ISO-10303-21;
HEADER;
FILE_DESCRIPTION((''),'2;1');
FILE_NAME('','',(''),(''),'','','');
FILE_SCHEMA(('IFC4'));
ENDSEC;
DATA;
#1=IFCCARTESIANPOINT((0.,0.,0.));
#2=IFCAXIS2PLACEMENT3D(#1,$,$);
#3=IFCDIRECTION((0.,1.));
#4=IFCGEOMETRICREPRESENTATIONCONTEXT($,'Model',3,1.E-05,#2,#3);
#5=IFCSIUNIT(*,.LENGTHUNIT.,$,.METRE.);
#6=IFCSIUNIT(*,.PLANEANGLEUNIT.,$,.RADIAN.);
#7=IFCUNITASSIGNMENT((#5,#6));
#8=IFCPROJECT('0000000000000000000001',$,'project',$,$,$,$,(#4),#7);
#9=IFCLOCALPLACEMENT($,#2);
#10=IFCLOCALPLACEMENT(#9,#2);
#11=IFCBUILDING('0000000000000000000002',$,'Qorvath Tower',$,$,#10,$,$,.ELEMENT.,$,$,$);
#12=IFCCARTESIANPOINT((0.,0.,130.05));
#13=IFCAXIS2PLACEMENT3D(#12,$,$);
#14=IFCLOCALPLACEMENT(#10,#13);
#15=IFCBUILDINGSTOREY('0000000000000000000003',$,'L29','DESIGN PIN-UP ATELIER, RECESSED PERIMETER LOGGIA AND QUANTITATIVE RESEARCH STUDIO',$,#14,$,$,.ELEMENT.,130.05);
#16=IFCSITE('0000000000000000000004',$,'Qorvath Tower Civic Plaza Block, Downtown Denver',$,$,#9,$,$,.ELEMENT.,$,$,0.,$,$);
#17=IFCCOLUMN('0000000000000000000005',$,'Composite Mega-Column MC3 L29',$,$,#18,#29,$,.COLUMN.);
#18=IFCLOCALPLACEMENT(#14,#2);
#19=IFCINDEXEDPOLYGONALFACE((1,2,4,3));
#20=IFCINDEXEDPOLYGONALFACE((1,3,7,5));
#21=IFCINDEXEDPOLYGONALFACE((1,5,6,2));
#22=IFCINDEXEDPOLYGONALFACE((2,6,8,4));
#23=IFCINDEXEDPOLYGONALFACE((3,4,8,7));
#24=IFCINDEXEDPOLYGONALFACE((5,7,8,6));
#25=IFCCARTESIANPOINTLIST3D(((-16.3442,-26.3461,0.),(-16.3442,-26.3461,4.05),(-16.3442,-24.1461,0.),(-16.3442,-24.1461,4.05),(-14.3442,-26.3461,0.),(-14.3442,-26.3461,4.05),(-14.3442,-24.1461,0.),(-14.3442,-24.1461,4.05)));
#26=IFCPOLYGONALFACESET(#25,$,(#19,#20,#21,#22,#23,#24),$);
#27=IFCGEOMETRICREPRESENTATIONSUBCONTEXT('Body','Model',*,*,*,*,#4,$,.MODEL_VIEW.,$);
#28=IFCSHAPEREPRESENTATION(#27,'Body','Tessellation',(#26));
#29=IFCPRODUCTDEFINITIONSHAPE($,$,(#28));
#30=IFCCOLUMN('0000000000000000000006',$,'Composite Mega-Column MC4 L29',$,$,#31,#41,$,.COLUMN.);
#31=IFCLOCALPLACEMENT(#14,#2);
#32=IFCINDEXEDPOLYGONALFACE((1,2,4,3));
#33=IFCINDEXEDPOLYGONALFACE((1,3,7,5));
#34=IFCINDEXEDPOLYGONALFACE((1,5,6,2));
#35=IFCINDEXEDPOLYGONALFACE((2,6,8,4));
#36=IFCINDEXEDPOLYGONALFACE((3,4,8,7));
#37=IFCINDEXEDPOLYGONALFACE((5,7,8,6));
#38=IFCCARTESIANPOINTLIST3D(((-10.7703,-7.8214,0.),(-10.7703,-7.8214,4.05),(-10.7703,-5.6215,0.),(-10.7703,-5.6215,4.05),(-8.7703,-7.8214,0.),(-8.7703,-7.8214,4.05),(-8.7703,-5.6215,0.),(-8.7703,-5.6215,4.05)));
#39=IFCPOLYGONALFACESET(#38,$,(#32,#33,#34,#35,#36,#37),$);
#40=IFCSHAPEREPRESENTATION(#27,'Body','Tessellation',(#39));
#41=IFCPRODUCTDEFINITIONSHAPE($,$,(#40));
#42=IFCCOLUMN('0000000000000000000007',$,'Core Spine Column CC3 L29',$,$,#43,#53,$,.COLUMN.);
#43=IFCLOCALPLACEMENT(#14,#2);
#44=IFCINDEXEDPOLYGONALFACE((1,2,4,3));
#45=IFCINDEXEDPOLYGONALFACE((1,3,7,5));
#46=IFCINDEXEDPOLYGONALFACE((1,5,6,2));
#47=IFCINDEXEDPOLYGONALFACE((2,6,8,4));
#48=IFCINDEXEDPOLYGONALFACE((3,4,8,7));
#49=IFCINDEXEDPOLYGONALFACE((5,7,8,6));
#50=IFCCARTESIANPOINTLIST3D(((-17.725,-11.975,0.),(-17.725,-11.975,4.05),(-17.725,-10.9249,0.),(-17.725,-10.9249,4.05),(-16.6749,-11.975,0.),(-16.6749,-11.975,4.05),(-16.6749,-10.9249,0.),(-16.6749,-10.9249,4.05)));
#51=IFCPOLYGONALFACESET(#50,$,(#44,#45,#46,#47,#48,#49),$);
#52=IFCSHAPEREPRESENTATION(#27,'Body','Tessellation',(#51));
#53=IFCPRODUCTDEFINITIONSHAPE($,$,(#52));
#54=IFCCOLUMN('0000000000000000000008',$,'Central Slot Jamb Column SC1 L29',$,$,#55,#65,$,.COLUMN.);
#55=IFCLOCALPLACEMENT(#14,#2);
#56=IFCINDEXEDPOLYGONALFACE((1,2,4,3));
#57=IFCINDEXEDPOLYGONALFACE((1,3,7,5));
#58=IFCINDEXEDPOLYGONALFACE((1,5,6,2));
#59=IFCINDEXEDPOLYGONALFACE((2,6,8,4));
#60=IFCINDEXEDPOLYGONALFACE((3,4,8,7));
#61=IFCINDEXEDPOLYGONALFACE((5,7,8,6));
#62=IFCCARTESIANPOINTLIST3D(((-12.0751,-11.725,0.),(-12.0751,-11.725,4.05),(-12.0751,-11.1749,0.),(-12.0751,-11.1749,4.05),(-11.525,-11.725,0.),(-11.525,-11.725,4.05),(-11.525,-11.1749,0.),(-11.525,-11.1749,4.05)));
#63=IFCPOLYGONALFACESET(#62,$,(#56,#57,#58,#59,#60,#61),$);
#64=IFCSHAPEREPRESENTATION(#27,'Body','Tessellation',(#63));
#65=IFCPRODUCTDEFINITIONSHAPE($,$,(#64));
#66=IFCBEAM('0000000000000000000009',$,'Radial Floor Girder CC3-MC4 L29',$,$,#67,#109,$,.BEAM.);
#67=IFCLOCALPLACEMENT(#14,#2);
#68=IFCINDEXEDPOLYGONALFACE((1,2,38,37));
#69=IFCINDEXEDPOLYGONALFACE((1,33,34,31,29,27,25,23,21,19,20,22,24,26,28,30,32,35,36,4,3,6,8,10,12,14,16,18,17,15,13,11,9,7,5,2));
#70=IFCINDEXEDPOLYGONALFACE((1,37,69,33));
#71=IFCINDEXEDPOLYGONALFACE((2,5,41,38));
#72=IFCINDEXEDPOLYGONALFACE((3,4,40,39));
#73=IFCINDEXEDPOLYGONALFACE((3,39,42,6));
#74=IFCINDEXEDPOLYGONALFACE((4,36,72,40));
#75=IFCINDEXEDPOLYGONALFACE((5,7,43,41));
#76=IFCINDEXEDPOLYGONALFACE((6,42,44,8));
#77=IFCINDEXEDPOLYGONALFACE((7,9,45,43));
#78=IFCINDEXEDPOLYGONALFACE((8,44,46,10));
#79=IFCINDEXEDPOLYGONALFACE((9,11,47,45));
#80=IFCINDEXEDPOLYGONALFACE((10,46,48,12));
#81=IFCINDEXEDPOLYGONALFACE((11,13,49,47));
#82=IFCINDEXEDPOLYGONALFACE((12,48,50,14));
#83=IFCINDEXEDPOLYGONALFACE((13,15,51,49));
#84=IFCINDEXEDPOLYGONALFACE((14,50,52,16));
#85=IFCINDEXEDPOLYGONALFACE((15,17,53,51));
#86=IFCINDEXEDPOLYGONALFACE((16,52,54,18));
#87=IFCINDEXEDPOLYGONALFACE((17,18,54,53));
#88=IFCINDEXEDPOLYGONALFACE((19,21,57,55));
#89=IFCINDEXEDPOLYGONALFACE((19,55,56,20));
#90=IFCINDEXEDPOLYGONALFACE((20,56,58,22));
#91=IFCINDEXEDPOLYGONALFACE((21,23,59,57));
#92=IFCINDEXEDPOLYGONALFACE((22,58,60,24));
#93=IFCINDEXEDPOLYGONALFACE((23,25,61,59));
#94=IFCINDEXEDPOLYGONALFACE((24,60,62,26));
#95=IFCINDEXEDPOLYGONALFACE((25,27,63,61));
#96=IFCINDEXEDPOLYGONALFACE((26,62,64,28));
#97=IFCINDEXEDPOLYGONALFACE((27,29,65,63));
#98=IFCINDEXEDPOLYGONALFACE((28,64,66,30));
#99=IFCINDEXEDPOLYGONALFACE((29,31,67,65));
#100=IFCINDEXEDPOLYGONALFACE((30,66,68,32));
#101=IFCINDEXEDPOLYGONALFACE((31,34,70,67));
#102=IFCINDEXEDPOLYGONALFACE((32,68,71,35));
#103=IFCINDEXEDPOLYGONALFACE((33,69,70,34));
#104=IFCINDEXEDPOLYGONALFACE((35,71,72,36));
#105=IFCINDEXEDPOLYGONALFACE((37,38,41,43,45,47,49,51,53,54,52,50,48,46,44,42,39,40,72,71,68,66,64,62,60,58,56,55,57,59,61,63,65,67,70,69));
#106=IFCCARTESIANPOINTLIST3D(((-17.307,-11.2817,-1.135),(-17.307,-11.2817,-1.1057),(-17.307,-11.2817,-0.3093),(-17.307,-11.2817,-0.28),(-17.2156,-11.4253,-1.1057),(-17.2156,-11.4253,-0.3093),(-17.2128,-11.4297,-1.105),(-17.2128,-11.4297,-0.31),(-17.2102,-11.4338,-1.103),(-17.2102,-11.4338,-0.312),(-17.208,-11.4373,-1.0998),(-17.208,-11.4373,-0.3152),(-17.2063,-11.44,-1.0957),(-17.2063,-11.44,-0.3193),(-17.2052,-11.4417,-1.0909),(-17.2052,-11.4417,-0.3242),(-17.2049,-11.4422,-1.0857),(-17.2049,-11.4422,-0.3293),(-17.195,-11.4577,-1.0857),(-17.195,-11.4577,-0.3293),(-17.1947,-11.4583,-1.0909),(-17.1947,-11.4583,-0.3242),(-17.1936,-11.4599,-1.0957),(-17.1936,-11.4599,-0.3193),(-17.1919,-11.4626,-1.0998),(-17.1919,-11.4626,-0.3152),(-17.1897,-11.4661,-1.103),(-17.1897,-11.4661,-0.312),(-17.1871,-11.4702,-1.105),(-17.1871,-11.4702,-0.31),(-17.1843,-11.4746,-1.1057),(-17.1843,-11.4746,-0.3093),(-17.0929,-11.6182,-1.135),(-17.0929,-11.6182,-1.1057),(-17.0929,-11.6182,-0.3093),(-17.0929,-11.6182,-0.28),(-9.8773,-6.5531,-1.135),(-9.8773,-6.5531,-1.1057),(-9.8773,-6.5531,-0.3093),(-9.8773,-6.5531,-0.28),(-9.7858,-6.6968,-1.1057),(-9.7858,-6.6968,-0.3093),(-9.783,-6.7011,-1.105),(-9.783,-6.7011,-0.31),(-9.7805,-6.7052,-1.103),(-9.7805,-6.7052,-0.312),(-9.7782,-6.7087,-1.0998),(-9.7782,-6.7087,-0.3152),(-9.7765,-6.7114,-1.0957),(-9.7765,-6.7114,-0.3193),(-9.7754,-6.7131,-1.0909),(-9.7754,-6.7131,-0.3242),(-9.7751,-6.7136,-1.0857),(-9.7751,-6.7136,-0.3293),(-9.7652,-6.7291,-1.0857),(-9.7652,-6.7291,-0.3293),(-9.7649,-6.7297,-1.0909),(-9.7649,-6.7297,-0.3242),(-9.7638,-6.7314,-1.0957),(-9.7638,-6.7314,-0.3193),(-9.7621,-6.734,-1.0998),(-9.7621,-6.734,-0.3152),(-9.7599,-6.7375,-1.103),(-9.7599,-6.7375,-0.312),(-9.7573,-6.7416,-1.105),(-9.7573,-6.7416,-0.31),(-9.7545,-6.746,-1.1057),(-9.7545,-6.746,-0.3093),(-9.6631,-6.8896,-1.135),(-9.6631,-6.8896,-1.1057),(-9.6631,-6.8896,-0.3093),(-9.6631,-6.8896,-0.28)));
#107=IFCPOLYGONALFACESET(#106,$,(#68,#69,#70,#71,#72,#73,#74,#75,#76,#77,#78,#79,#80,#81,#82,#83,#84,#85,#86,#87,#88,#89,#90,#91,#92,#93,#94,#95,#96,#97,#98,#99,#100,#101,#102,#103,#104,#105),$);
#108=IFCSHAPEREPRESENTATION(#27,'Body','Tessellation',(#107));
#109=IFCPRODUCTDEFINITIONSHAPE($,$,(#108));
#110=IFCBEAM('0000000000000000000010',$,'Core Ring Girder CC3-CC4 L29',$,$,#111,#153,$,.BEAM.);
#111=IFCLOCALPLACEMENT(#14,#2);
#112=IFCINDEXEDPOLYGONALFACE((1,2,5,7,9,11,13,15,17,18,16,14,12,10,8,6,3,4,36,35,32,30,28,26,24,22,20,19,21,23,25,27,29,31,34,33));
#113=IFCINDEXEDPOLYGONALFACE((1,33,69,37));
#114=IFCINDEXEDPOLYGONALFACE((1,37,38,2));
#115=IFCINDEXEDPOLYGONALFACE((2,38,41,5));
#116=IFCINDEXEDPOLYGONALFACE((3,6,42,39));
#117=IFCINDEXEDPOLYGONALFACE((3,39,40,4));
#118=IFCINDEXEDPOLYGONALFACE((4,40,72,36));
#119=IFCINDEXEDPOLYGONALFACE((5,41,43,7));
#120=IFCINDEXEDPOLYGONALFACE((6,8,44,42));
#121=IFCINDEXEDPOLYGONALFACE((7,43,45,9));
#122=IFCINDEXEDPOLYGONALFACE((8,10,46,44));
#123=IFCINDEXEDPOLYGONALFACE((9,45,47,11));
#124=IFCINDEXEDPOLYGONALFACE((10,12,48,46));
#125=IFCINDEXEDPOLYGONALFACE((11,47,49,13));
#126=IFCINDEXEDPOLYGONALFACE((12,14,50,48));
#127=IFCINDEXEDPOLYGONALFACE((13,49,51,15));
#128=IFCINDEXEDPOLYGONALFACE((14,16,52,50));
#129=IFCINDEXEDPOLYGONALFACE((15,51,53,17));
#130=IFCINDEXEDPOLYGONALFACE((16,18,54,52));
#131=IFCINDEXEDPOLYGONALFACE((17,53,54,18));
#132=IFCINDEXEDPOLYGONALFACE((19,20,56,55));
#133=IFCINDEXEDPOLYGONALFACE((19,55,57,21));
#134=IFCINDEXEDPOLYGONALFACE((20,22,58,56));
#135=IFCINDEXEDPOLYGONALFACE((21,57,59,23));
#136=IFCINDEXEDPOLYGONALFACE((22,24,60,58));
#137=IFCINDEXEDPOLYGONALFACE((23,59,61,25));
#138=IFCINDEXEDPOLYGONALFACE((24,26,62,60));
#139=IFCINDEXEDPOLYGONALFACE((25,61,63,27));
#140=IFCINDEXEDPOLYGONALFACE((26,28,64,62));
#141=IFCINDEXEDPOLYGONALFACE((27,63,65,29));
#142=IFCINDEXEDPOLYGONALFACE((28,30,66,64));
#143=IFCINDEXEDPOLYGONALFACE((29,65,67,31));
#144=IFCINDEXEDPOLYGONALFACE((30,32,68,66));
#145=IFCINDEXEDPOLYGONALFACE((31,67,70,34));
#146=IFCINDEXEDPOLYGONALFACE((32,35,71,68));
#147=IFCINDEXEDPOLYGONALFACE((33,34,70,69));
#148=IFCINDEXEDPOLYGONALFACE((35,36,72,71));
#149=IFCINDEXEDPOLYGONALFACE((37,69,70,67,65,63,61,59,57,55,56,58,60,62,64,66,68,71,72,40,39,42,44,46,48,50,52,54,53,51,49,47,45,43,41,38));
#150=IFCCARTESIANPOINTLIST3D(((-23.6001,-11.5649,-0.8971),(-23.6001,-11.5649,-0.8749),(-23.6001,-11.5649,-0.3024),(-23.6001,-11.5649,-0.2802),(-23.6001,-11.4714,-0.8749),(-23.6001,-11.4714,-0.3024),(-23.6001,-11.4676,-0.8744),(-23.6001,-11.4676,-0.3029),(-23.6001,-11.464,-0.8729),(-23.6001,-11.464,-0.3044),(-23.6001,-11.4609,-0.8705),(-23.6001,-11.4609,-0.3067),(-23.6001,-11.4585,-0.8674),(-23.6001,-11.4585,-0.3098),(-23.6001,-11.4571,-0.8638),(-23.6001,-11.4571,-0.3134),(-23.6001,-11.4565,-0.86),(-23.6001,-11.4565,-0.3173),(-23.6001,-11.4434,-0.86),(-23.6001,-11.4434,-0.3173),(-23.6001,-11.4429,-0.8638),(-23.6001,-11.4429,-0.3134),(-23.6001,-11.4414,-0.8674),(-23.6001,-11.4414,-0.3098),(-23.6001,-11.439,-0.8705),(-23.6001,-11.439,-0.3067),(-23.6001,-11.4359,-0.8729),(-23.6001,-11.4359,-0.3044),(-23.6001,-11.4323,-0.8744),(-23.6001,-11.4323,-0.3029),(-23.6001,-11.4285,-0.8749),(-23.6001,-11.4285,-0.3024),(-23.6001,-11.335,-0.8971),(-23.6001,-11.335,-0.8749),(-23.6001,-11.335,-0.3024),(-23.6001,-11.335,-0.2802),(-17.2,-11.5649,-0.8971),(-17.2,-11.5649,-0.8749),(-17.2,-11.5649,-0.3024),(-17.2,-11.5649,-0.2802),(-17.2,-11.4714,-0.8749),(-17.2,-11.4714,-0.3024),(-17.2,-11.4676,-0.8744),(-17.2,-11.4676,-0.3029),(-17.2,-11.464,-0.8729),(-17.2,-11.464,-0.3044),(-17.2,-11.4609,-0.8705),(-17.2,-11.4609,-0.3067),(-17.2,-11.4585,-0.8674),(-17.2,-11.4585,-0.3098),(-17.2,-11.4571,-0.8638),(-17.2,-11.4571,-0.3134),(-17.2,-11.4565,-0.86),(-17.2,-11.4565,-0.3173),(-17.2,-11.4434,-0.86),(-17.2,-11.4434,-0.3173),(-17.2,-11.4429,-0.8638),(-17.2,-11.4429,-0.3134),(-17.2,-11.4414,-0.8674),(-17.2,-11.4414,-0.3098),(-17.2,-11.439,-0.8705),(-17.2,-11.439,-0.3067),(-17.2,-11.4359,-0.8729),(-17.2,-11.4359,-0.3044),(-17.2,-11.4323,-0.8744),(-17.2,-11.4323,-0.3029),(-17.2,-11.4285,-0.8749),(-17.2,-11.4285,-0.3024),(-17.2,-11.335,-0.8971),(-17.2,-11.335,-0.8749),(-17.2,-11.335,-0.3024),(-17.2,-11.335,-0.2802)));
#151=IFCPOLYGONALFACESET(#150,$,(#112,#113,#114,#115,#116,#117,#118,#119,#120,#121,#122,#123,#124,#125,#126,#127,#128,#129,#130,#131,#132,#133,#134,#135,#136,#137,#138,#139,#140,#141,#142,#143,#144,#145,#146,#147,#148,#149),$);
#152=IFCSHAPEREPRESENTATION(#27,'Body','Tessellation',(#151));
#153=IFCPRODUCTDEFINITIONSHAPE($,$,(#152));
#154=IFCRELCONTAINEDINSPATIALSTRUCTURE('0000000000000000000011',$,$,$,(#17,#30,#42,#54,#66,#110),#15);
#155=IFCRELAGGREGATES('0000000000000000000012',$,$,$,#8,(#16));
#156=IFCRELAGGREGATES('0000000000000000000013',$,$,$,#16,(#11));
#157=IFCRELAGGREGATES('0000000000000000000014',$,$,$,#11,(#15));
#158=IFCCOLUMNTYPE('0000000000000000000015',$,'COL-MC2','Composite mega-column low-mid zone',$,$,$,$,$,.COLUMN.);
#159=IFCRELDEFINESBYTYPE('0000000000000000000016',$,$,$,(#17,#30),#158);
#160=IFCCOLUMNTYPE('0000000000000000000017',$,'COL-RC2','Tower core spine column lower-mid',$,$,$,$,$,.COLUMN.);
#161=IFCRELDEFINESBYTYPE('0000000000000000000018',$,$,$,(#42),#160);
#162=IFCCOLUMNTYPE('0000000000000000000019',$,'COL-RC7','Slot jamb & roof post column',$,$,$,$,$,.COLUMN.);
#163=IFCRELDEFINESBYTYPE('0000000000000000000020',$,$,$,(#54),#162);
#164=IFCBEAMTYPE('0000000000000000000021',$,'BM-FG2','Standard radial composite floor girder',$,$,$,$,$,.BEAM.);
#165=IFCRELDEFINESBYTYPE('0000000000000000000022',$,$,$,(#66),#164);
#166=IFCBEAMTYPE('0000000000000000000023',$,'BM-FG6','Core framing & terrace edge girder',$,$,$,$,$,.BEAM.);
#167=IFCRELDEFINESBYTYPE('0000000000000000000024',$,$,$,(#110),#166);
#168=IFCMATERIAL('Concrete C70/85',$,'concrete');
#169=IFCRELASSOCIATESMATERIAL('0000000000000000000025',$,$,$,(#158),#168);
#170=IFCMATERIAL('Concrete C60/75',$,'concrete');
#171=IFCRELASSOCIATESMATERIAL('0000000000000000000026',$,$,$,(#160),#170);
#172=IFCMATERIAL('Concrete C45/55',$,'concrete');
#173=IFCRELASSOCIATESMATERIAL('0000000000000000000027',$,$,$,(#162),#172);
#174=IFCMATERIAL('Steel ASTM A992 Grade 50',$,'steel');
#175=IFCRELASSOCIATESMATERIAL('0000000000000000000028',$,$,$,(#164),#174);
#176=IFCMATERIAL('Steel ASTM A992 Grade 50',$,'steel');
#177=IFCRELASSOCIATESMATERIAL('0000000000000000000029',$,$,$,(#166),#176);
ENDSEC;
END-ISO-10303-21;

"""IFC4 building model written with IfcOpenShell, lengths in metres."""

from ifc_helpers import new_model, si_unit, direction, frame, origin, origin_2d, place, context, subcontext, project, spatial, rectangle, i_section, extrude, material, material_profile, profile_set, type_object, element, save


model = new_model("IFC4")

# Units and contexts
model_context = context("Model", 3, precision=1e-05, world=origin(), true_north=direction((0.0, 1.0)))
body_context = subcontext(model_context, "Body", "Model", "MODEL_VIEW")
ifc_project = project(units=[si_unit("LENGTHUNIT", "METRE"), si_unit("PLANEANGLEUNIT", "RADIAN")], contexts=[model_context])

# Site, building, storey
site_placement = place(None, origin())
site = spatial("IfcSite", under=ifc_project, at=site_placement, Name="Qorvath Tower Civic Plaza Block, Downtown Denver", CompositionType="ELEMENT", RefElevation=0.0)
building_placement = place(site_placement, origin())
building = spatial("IfcBuilding", under=site, at=building_placement, Name="Qorvath Tower", CompositionType="ELEMENT")
storey_placement = place(building_placement, frame((0.0, 0.0, 130.05)))
storey = spatial("IfcBuildingStorey", under=building, at=storey_placement, Name="L29", Description="DESIGN PIN-UP ATELIER, RECESSED PERIMETER LOGGIA AND QUANTITATIVE RESEARCH STUDIO", CompositionType="ELEMENT", Elevation=130.05)

# Columns
ifc_material_1 = material(Name="Concrete C70/85", Category="concrete")
ifc_material_profile_1 = material_profile(ifc_material_1, rectangle(XDim=2.0, YDim=2.2, at=origin_2d()), Name="MC 2200x2000")
ifc_profile_set_1 = profile_set([ifc_material_profile_1], Name="Concrete C70/85")
column_type_1 = type_object("IfcColumnType", Name="COL-MC2", Description="Composite mega-column low-mid zone", PredefinedType="COLUMN", material=ifc_profile_set_1)
for number, where, z_axis, x_axis, name in (
    (1, (-15.3442, -25.2461, 0.0), (0.0, 0.0, 1.0), (1.0, 0.0, 0.0), "Composite Mega-Column MC3 L29"),
    (2, (-9.7703, -6.7214, 0.0), (0.0, 0.0, 1.0), (1.0, 0.0, 0.0), "Composite Mega-Column MC4 L29"),
):
    element("IfcColumn", number, at=place(storey_placement, frame(where, z_axis=z_axis, x_axis=x_axis)), inside=storey, type_object=column_type_1, Name=name, PredefinedType="COLUMN", context=body_context, shape_type="SweptSolid", body=[
        extrude(rectangle(XDim=2.0, YDim=2.2, at=origin_2d()), origin(), (0.0, 0.0, 1.0), 4.05),
    ])
ifc_material_2 = material(Name="Concrete C60/75", Category="concrete")
ifc_material_profile_2 = material_profile(ifc_material_2, rectangle(XDim=1.05, YDim=1.05, at=origin_2d()), Name="RC 1050x1050")
ifc_profile_set_2 = profile_set([ifc_material_profile_2], Name="Concrete C60/75")
column_type_2 = type_object("IfcColumnType", Name="COL-RC2", Description="Tower core spine column lower-mid", PredefinedType="COLUMN", material=ifc_profile_set_2)
column_1_placement = place(storey_placement, frame((-17.2, -11.45, 0.0), z_axis=(0.0, 0.0, 1.0), x_axis=(1.0, 0.0, 0.0)))
element("IfcColumn", 3, at=column_1_placement, inside=storey, type_object=column_type_2, Name="Core Spine Column CC3 L29", PredefinedType="COLUMN", context=body_context, shape_type="SweptSolid", body=[
    extrude(rectangle(XDim=1.05, YDim=1.05, at=origin_2d()), origin(), (0.0, 0.0, 1.0), 4.05),
])
ifc_material_3 = material(Name="Concrete C45/55", Category="concrete")
ifc_material_profile_3 = material_profile(ifc_material_3, rectangle(XDim=0.55, YDim=0.55, at=origin_2d()), Name="RC 550x550")
ifc_profile_set_3 = profile_set([ifc_material_profile_3], Name="Concrete C45/55")
column_type_3 = type_object("IfcColumnType", Name="COL-RC7", Description="Slot jamb & roof post column", PredefinedType="COLUMN", material=ifc_profile_set_3)
column_2_placement = place(storey_placement, frame((-11.8, -11.45, 0.0), z_axis=(0.0, 0.0, 1.0), x_axis=(1.0, 0.0, 0.0)))
element("IfcColumn", 4, at=column_2_placement, inside=storey, type_object=column_type_3, Name="Central Slot Jamb Column SC1 L29", PredefinedType="COLUMN", context=body_context, shape_type="SweptSolid", body=[
    extrude(rectangle(XDim=0.55, YDim=0.55, at=origin_2d()), origin(), (0.0, 0.0, 1.0), 4.05),
])

# Beams
ifc_material_4 = material(Name="Steel ASTM A992 Grade 50", Category="steel")
ifc_material_profile_4 = material_profile(ifc_material_4, i_section(OverallWidth=0.3989, OverallDepth=0.855, WebThickness=0.0183, FlangeThickness=0.0293, FilletRadius=0.02, at=origin_2d()), Name="W33x201")
ifc_profile_set_4 = profile_set([ifc_material_profile_4], Name="Steel ASTM A992 Grade 50")
beam_type_1 = type_object("IfcBeamType", Name="BM-FG2", Description="Standard radial composite floor girder", PredefinedType="BEAM", material=ifc_profile_set_4)
beam_1_placement = place(storey_placement, frame((-17.2, -11.45, -0.7075), z_axis=(0.843634, 0.536919, 0.0), x_axis=(-0.536919, 0.843634, 0.0)))
element("IfcBeam", 5, at=beam_1_placement, inside=storey, type_object=beam_type_1, Name="Radial Floor Girder CC3-MC4 L29", PredefinedType="BEAM", context=body_context, shape_type="SweptSolid", body=[
    extrude(i_section(OverallWidth=0.3989, OverallDepth=0.855, WebThickness=0.0183, FlangeThickness=0.0293, FilletRadius=0.02, at=origin_2d()), origin(), (0.0, 0.0, 1.0), 8.8069),
])
ifc_material_5 = material(Name="Steel ASTM A992 Grade 50", Category="steel")
ifc_material_profile_5 = material_profile(ifc_material_5, i_section(OverallWidth=0.23, OverallDepth=0.6169, WebThickness=0.0132, FlangeThickness=0.0222, FilletRadius=0.0149, at=origin_2d()), Name="W24x94")
ifc_profile_set_5 = profile_set([ifc_material_profile_5], Name="Steel ASTM A992 Grade 50")
beam_type_2 = type_object("IfcBeamType", Name="BM-FG6", Description="Core framing & terrace edge girder", PredefinedType="BEAM", material=ifc_profile_set_5)
beam_2_placement = place(storey_placement, frame((-17.2, -11.45, -0.5886), z_axis=(-1.0, 0.0, 0.0), x_axis=(0.0, -1.0, 0.0)))
element("IfcBeam", 6, at=beam_2_placement, inside=storey, type_object=beam_type_2, Name="Core Ring Girder CC3-CC4 L29", PredefinedType="BEAM", context=body_context, shape_type="SweptSolid", body=[
    extrude(i_section(OverallWidth=0.23, OverallDepth=0.6169, WebThickness=0.0132, FlangeThickness=0.0222, FilletRadius=0.0149, at=origin_2d()), origin(), (0.0, 0.0, 1.0), 6.4001),
])

save(model, "model.ifc")
